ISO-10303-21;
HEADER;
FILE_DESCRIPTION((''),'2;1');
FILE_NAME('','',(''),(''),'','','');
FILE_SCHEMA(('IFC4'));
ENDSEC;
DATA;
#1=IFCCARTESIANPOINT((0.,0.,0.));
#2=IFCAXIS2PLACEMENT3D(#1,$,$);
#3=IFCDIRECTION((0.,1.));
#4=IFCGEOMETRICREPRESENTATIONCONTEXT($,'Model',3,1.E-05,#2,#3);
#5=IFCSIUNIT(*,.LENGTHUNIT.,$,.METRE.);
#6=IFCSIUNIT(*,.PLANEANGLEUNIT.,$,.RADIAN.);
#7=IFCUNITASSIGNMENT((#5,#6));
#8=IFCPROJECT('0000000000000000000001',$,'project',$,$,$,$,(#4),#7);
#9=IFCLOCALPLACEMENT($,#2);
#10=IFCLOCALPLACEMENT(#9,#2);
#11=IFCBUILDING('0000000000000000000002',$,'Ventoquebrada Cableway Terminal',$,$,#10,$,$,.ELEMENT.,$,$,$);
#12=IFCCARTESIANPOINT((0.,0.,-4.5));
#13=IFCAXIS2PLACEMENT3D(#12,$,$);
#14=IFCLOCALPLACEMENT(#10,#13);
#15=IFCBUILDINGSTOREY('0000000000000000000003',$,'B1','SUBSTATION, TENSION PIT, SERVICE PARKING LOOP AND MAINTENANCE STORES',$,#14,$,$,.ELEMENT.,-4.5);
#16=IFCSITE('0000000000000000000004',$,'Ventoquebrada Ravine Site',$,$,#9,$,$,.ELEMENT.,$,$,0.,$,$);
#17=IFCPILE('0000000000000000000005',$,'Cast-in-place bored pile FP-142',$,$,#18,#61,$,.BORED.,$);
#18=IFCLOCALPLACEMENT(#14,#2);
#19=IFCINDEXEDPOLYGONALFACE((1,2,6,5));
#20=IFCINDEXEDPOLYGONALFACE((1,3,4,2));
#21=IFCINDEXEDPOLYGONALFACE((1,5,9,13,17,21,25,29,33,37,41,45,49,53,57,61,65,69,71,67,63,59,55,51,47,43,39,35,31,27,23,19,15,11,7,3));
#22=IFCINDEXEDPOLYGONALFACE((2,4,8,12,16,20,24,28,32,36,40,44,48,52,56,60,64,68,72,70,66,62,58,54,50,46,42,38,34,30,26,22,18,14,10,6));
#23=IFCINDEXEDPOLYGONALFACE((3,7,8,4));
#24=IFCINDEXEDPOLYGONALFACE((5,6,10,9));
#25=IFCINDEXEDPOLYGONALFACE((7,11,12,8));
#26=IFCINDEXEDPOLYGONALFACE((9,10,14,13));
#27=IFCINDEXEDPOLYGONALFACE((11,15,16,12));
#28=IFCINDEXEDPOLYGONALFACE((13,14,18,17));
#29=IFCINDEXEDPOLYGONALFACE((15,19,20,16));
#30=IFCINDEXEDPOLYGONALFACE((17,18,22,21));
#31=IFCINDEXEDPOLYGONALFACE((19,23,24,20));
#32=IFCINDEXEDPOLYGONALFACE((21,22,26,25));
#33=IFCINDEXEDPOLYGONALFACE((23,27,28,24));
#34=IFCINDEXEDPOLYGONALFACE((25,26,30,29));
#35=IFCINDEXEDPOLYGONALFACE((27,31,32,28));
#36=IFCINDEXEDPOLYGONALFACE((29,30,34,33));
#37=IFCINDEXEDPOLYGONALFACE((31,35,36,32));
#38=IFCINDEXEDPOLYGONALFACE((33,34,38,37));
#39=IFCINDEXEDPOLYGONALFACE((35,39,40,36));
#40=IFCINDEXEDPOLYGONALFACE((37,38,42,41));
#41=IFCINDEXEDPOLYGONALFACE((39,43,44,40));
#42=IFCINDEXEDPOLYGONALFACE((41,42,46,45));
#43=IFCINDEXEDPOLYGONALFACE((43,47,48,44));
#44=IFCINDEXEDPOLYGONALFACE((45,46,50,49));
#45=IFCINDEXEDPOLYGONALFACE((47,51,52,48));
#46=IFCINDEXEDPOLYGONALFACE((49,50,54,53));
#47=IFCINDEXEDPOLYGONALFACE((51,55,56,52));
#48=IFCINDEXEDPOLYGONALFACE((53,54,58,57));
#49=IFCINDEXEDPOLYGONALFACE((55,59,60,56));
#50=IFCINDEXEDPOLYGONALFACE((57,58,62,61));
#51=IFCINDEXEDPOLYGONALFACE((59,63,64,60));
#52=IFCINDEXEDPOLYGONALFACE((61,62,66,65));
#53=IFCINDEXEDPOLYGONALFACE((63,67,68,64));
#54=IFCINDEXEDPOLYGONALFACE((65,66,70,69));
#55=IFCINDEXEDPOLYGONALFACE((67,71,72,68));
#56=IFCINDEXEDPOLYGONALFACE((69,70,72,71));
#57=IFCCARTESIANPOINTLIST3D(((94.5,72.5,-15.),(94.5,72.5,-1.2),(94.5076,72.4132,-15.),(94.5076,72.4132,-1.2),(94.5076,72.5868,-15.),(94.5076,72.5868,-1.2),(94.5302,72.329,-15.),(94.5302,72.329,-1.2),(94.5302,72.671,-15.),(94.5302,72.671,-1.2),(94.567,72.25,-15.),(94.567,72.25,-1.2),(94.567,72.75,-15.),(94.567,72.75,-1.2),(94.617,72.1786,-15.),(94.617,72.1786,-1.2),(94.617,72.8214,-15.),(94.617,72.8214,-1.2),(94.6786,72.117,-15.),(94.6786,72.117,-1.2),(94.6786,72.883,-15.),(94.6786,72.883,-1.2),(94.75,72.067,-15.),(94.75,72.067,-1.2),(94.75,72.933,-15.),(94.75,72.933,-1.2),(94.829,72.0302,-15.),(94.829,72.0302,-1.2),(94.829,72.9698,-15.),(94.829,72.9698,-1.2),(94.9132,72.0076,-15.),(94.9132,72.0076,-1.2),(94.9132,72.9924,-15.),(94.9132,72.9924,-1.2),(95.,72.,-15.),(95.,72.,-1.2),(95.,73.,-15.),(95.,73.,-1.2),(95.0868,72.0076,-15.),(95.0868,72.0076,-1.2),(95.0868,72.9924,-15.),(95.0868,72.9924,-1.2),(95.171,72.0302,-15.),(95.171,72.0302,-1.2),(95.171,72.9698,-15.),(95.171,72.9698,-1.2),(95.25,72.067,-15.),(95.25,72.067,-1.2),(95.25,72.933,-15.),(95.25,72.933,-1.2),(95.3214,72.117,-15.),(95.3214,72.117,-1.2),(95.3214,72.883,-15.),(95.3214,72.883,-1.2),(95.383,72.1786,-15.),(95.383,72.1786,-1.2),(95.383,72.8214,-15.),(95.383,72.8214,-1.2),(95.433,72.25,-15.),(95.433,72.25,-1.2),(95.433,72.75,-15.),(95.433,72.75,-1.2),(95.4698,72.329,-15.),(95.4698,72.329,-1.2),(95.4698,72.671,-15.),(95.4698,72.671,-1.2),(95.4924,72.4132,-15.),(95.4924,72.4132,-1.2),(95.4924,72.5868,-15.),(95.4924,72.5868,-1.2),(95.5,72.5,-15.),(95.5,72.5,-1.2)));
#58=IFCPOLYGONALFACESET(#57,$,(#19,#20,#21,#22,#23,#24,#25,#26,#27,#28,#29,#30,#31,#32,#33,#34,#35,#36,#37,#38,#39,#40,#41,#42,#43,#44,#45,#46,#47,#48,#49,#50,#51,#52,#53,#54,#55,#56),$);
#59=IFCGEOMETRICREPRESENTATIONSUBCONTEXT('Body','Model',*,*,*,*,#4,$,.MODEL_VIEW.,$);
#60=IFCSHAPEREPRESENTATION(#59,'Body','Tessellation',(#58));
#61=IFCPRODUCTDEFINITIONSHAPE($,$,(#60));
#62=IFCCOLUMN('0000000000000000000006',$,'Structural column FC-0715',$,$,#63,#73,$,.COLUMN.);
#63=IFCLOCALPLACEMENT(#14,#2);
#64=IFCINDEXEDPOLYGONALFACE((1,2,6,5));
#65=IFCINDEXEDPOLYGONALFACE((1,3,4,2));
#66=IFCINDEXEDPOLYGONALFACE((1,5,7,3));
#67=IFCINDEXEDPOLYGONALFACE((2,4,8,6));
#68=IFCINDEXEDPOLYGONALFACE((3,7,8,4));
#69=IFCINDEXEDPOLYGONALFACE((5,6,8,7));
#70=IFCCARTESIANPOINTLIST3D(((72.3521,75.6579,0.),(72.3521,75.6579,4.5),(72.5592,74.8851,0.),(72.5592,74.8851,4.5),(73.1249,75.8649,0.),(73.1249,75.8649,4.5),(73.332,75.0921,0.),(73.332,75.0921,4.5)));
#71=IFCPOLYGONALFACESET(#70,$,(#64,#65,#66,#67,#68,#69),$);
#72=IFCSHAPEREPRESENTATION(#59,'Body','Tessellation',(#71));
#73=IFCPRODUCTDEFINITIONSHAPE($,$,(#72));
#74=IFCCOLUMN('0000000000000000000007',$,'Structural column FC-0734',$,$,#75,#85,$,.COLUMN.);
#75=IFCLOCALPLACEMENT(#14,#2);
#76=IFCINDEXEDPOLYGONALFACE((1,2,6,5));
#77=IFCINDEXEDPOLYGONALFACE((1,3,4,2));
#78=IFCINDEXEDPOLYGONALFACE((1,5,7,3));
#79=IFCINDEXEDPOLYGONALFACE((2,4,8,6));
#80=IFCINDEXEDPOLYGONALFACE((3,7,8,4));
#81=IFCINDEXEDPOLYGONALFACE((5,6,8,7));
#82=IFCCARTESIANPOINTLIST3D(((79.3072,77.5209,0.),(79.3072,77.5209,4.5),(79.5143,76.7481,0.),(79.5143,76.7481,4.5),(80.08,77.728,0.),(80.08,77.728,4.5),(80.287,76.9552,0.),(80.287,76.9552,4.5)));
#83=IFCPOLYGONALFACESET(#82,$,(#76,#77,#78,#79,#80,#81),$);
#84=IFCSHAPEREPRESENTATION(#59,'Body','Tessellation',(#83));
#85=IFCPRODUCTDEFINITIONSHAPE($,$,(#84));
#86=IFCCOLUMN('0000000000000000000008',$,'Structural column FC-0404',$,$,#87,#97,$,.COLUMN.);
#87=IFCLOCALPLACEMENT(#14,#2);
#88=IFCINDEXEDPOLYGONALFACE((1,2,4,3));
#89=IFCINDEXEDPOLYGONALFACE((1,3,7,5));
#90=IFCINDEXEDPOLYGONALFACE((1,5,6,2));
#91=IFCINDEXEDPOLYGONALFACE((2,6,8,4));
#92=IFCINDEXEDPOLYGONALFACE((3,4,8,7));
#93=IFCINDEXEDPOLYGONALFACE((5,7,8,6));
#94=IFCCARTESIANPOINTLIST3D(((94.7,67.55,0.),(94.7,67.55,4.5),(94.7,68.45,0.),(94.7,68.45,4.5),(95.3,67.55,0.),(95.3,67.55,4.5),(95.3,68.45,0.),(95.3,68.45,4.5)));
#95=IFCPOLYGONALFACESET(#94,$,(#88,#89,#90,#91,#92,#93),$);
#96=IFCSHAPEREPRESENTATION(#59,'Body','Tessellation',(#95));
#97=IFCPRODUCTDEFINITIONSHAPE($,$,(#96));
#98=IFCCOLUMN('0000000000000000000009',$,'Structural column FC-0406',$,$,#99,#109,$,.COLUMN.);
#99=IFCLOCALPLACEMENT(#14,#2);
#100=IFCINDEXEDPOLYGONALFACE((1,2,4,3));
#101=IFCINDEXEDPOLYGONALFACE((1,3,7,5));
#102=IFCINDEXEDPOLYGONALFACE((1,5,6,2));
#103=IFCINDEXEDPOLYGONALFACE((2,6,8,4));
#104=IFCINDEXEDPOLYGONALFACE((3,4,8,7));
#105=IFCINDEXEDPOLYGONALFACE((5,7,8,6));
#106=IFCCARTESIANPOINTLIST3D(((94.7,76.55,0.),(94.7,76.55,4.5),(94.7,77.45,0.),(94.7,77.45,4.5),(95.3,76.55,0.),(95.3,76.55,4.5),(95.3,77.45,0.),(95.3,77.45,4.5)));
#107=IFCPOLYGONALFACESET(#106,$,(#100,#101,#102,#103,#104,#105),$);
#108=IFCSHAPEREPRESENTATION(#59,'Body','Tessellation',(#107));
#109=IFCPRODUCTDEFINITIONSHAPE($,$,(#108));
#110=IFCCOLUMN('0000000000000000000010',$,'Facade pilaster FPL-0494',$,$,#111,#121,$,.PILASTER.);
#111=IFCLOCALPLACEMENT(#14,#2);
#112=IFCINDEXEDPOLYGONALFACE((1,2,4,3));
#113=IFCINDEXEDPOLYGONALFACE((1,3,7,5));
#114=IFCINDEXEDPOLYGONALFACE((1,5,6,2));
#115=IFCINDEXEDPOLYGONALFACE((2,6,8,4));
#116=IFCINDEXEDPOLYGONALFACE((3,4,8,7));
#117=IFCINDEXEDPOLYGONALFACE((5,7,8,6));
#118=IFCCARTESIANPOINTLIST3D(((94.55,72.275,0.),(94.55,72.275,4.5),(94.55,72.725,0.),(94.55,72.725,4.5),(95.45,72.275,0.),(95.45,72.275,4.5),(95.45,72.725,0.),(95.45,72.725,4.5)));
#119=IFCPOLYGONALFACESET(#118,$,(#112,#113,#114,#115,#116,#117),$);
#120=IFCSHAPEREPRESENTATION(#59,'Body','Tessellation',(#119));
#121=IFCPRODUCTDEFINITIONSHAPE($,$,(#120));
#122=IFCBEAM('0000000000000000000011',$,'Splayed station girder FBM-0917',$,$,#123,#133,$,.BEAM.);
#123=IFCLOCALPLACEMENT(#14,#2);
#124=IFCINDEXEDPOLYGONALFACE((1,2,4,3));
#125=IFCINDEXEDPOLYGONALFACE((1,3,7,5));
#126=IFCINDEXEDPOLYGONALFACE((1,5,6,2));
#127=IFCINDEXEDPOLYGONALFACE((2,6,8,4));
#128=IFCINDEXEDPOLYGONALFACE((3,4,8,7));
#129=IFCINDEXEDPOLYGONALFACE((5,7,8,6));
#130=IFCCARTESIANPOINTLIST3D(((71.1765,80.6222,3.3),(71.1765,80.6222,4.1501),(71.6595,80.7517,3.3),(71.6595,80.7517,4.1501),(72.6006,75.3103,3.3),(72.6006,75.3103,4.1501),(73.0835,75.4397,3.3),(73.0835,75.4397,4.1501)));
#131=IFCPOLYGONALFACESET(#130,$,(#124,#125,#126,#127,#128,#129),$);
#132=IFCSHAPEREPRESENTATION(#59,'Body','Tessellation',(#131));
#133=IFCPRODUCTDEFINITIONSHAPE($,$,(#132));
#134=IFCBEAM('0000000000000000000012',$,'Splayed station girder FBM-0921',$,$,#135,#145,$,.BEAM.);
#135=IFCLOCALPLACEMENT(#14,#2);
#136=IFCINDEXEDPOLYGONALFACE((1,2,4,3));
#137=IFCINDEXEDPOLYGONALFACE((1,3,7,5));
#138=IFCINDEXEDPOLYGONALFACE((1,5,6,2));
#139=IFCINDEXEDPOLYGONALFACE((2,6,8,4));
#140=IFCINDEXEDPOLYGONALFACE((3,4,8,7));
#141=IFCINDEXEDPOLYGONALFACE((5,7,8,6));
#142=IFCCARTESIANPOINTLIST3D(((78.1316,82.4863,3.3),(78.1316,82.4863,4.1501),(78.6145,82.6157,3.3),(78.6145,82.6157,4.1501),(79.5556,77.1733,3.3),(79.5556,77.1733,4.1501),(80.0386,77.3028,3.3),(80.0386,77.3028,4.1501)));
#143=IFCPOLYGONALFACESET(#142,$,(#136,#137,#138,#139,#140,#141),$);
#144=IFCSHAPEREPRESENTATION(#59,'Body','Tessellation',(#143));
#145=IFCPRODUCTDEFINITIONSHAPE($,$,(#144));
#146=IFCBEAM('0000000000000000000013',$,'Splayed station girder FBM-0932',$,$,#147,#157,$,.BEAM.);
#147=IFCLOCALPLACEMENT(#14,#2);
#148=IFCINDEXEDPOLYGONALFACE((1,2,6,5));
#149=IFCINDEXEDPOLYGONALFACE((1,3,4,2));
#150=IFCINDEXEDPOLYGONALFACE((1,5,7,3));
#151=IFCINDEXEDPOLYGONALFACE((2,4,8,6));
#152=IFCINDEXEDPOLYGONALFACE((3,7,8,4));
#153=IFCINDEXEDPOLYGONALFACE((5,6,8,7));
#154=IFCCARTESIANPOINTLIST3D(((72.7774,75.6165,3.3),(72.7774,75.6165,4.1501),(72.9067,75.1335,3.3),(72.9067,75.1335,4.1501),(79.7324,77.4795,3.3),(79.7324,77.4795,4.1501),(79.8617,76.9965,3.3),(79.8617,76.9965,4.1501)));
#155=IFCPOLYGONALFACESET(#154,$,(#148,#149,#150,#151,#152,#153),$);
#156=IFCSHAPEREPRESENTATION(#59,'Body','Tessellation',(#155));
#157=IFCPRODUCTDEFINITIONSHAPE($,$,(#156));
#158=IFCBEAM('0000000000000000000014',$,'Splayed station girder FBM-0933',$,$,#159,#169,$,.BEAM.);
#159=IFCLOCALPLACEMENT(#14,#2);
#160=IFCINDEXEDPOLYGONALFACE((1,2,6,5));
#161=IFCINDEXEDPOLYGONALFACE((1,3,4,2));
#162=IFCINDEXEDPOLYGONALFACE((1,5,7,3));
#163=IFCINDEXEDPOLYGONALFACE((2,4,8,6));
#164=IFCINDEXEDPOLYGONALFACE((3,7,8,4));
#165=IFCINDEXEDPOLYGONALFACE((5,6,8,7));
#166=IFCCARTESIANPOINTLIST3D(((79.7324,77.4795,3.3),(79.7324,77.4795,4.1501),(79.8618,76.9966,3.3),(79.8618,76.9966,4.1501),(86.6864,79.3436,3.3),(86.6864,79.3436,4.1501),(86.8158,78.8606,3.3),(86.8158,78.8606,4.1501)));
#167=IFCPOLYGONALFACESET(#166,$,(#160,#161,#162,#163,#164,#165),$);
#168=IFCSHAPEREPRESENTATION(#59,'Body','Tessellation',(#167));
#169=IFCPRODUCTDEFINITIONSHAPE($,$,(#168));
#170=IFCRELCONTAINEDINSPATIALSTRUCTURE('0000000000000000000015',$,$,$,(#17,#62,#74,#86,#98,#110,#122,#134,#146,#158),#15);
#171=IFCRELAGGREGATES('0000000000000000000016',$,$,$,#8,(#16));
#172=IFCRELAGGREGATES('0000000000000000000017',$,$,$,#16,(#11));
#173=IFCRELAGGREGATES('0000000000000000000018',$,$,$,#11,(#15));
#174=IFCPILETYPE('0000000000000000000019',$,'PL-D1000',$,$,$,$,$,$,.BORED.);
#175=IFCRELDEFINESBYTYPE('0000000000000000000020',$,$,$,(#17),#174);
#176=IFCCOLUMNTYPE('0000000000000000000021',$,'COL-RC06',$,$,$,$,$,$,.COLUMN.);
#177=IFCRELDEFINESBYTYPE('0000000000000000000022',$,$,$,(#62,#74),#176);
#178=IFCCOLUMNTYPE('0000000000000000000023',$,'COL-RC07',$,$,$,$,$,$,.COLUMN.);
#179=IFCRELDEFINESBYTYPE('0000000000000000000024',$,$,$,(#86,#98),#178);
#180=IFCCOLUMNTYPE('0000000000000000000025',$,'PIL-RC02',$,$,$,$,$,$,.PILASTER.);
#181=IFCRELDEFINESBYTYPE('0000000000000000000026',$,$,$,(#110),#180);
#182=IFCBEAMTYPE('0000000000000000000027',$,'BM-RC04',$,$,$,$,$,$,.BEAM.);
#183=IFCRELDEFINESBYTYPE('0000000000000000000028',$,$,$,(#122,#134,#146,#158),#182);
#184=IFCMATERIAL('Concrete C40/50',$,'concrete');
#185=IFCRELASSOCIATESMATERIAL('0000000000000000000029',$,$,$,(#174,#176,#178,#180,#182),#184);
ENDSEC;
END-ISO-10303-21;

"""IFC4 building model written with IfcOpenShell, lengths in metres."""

from ifc_helpers import new_model, si_unit, direction, frame, origin, origin_2d, place, context, subcontext, project, spatial, rectangle, circle, extrude, material, material_profile, profile_set, type_object, element, save


model = new_model("IFC4")

# Units and contexts
model_context = context("Model", 3, precision=1e-05, world=origin(), true_north=direction((0.0, 1.0)))
body_context = subcontext(model_context, "Body", "Model", "MODEL_VIEW")
ifc_project = project(units=[si_unit("LENGTHUNIT", "METRE"), si_unit("PLANEANGLEUNIT", "RADIAN")], contexts=[model_context])

# Site, building, storey
site_placement = place(None, origin())
site = spatial("IfcSite", under=ifc_project, at=site_placement, Name="Ventoquebrada Ravine Site", CompositionType="ELEMENT", RefElevation=0.0)
building_placement = place(site_placement, origin())
building = spatial("IfcBuilding", under=site, at=building_placement, Name="Ventoquebrada Cableway Terminal", CompositionType="ELEMENT")
storey_placement = place(building_placement, frame((0.0, 0.0, -4.5)))
storey = spatial("IfcBuildingStorey", under=building, at=storey_placement, Name="B1", Description="SUBSTATION, TENSION PIT, SERVICE PARKING LOOP AND MAINTENANCE STORES", CompositionType="ELEMENT", Elevation=-4.5)

# Shared definitions
ifc_material = material(Name="Concrete C40/50", Category="concrete")

# Pile
ifc_material_profile_1 = material_profile(ifc_material, circle(Radius=0.5, at=origin_2d()), Name="PILE-D1000")
ifc_profile_set_1 = profile_set([ifc_material_profile_1], Name="Concrete C40/50")
pile_type = type_object("IfcPileType", Name="PL-D1000", PredefinedType="BORED", material=ifc_profile_set_1)
pile_1_placement = place(storey_placement, frame((95.0, 72.5, -1.2), z_axis=(0.0, 0.0, -1.0), x_axis=(1.0, 0.0, 0.0)))
element("IfcPile", 1, at=pile_1_placement, inside=storey, type_object=pile_type, Name="Cast-in-place bored pile FP-142", PredefinedType="BORED", context=body_context, shape_type="SweptSolid", body=[
    extrude(circle(Radius=0.5, at=origin_2d()), origin(), (0.0, 0.0, 1.0), 13.8),
])

# Columns
ifc_material_profile_2 = material_profile(ifc_material, rectangle(XDim=0.8, YDim=0.8, at=origin_2d()), Name="RC-COL-800X800")
ifc_profile_set_2 = profile_set([ifc_material_profile_2], Name="Concrete C40/50")
column_type_1 = type_object("IfcColumnType", Name="COL-RC06", PredefinedType="COLUMN", material=ifc_profile_set_2)
for number, where, z_axis, x_axis, name in (
    (2, (72.842, 75.375, 0.0), (0.0, 0.0, 1.0), (0.965926, 0.258819, 0.0), "Structural column FC-0715"),
    (3, (79.7971, 77.238, 0.0), (0.0, 0.0, 1.0), (0.965926, 0.258819, 0.0), "Structural column FC-0734"),
):
    element("IfcColumn", number, at=place(storey_placement, frame(where, z_axis=z_axis, x_axis=x_axis)), inside=storey, type_object=column_type_1, Name=name, PredefinedType="COLUMN", context=body_context, shape_type="SweptSolid", body=[
        extrude(rectangle(XDim=0.8, YDim=0.8, at=origin_2d()), origin(), (0.0, 0.0, 1.0), 4.5),
    ])
ifc_material_profile_3 = material_profile(ifc_material, rectangle(XDim=0.6001, YDim=0.8999, at=origin_2d()), Name="RC-COL-900X600")
ifc_profile_set_3 = profile_set([ifc_material_profile_3], Name="Concrete C40/50")
column_type_2 = type_object("IfcColumnType", Name="COL-RC07", PredefinedType="COLUMN", material=ifc_profile_set_3)
for number, where, z_axis, x_axis, name in (
    (4, (95.0, 68.0, 0.0), (0.0, 0.0, 1.0), (1.0, 0.0, 0.0), "Structural column FC-0404"),
    (5, (95.0, 77.0, 0.0), (0.0, 0.0, 1.0), (1.0, 0.0, 0.0), "Structural column FC-0406"),
):
    element("IfcColumn", number, at=place(storey_placement, frame(where, z_axis=z_axis, x_axis=x_axis)), inside=storey, type_object=column_type_2, Name=name, PredefinedType="COLUMN", context=body_context, shape_type="SweptSolid", body=[
        extrude(rectangle(XDim=0.6001, YDim=0.8999, at=origin_2d()), origin(), (0.0, 0.0, 1.0), 4.5),
    ])
ifc_material_profile_4 = material_profile(ifc_material, rectangle(XDim=0.45, YDim=0.8999, at=origin_2d()), Name="RC-PIL-450X900")
ifc_profile_set_4 = profile_set([ifc_material_profile_4], Name="Concrete C40/50")
column_type_3 = type_object("IfcColumnType", Name="PIL-RC02", PredefinedType="PILASTER", material=ifc_profile_set_4)
column_placement = place(storey_placement, frame((95.0, 72.5, 0.0), z_axis=(0.0, 0.0, 1.0), x_axis=(0.0, 1.0, 0.0)))
element("IfcColumn", 6, at=column_placement, inside=storey, type_object=column_type_3, Name="Facade pilaster FPL-0494", PredefinedType="PILASTER", context=body_context, shape_type="SweptSolid", body=[
    extrude(rectangle(XDim=0.45, YDim=0.8999, at=origin_2d()), origin(), (0.0, 0.0, 1.0), 4.5),
])

# Beams
ifc_material_profile_5 = material_profile(ifc_material, rectangle(XDim=0.5, YDim=0.8501, at=origin_2d()), Name="RC-BM-500X850")
ifc_profile_set_5 = profile_set([ifc_material_profile_5], Name="Concrete C40/50")
beam_type = type_object("IfcBeamType", Name="BM-RC04", PredefinedType="BEAM", material=ifc_profile_set_5)
beam_1_placement = place(storey_placement, frame((72.842, 75.375, 3.7251), z_axis=(-0.258942, 0.965893, 0.0), x_axis=(-0.965893, -0.258942, 0.0)))
element("IfcBeam", 7, at=beam_1_placement, inside=storey, type_object=beam_type, Name="Splayed station girder FBM-0917", PredefinedType="BEAM", context=body_context, shape_type="SweptSolid", body=[
    extrude(rectangle(XDim=0.5, YDim=0.8501, at=origin_2d()), origin(), (0.0, 0.0, 1.0), 5.4995),
])
beam_2_placement = place(storey_placement, frame((79.7971, 77.238, 3.7251), z_axis=(-0.258897, 0.965905, 0.0), x_axis=(-0.965905, -0.258897, 0.0)))
element("IfcBeam", 8, at=beam_2_placement, inside=storey, type_object=beam_type, Name="Splayed station girder FBM-0921", PredefinedType="BEAM", context=body_context, shape_type="SweptSolid", body=[
    extrude(rectangle(XDim=0.5, YDim=0.8501, at=origin_2d()), origin(), (0.0, 0.0, 1.0), 5.5005),
])
beam_3_placement = place(storey_placement, frame((72.842, 75.375, 3.7251), z_axis=(0.965946, 0.258745, 0.0), x_axis=(-0.258745, 0.965946, 0.0)))
element("IfcBeam", 9, at=beam_3_placement, inside=storey, type_object=beam_type, Name="Splayed station girder FBM-0932", PredefinedType="BEAM", context=body_context, shape_type="SweptSolid", body=[
    extrude(rectangle(XDim=0.5, YDim=0.8501, at=origin_2d()), origin(), (0.0, 0.0, 1.0), 7.2002),
])
beam_4_placement = place(storey_placement, frame((79.7971, 77.238, 3.7251), z_axis=(0.9659, 0.258914, 0.0), x_axis=(-0.258914, 0.9659, 0.0)))
element("IfcBeam", 10, at=beam_4_placement, inside=storey, type_object=beam_type, Name="Splayed station girder FBM-0933", PredefinedType="BEAM", context=body_context, shape_type="SweptSolid", body=[
    extrude(rectangle(XDim=0.5, YDim=0.8501, at=origin_2d()), origin(), (0.0, 0.0, 1.0), 7.1995),
])

save(model, "model.ifc")
